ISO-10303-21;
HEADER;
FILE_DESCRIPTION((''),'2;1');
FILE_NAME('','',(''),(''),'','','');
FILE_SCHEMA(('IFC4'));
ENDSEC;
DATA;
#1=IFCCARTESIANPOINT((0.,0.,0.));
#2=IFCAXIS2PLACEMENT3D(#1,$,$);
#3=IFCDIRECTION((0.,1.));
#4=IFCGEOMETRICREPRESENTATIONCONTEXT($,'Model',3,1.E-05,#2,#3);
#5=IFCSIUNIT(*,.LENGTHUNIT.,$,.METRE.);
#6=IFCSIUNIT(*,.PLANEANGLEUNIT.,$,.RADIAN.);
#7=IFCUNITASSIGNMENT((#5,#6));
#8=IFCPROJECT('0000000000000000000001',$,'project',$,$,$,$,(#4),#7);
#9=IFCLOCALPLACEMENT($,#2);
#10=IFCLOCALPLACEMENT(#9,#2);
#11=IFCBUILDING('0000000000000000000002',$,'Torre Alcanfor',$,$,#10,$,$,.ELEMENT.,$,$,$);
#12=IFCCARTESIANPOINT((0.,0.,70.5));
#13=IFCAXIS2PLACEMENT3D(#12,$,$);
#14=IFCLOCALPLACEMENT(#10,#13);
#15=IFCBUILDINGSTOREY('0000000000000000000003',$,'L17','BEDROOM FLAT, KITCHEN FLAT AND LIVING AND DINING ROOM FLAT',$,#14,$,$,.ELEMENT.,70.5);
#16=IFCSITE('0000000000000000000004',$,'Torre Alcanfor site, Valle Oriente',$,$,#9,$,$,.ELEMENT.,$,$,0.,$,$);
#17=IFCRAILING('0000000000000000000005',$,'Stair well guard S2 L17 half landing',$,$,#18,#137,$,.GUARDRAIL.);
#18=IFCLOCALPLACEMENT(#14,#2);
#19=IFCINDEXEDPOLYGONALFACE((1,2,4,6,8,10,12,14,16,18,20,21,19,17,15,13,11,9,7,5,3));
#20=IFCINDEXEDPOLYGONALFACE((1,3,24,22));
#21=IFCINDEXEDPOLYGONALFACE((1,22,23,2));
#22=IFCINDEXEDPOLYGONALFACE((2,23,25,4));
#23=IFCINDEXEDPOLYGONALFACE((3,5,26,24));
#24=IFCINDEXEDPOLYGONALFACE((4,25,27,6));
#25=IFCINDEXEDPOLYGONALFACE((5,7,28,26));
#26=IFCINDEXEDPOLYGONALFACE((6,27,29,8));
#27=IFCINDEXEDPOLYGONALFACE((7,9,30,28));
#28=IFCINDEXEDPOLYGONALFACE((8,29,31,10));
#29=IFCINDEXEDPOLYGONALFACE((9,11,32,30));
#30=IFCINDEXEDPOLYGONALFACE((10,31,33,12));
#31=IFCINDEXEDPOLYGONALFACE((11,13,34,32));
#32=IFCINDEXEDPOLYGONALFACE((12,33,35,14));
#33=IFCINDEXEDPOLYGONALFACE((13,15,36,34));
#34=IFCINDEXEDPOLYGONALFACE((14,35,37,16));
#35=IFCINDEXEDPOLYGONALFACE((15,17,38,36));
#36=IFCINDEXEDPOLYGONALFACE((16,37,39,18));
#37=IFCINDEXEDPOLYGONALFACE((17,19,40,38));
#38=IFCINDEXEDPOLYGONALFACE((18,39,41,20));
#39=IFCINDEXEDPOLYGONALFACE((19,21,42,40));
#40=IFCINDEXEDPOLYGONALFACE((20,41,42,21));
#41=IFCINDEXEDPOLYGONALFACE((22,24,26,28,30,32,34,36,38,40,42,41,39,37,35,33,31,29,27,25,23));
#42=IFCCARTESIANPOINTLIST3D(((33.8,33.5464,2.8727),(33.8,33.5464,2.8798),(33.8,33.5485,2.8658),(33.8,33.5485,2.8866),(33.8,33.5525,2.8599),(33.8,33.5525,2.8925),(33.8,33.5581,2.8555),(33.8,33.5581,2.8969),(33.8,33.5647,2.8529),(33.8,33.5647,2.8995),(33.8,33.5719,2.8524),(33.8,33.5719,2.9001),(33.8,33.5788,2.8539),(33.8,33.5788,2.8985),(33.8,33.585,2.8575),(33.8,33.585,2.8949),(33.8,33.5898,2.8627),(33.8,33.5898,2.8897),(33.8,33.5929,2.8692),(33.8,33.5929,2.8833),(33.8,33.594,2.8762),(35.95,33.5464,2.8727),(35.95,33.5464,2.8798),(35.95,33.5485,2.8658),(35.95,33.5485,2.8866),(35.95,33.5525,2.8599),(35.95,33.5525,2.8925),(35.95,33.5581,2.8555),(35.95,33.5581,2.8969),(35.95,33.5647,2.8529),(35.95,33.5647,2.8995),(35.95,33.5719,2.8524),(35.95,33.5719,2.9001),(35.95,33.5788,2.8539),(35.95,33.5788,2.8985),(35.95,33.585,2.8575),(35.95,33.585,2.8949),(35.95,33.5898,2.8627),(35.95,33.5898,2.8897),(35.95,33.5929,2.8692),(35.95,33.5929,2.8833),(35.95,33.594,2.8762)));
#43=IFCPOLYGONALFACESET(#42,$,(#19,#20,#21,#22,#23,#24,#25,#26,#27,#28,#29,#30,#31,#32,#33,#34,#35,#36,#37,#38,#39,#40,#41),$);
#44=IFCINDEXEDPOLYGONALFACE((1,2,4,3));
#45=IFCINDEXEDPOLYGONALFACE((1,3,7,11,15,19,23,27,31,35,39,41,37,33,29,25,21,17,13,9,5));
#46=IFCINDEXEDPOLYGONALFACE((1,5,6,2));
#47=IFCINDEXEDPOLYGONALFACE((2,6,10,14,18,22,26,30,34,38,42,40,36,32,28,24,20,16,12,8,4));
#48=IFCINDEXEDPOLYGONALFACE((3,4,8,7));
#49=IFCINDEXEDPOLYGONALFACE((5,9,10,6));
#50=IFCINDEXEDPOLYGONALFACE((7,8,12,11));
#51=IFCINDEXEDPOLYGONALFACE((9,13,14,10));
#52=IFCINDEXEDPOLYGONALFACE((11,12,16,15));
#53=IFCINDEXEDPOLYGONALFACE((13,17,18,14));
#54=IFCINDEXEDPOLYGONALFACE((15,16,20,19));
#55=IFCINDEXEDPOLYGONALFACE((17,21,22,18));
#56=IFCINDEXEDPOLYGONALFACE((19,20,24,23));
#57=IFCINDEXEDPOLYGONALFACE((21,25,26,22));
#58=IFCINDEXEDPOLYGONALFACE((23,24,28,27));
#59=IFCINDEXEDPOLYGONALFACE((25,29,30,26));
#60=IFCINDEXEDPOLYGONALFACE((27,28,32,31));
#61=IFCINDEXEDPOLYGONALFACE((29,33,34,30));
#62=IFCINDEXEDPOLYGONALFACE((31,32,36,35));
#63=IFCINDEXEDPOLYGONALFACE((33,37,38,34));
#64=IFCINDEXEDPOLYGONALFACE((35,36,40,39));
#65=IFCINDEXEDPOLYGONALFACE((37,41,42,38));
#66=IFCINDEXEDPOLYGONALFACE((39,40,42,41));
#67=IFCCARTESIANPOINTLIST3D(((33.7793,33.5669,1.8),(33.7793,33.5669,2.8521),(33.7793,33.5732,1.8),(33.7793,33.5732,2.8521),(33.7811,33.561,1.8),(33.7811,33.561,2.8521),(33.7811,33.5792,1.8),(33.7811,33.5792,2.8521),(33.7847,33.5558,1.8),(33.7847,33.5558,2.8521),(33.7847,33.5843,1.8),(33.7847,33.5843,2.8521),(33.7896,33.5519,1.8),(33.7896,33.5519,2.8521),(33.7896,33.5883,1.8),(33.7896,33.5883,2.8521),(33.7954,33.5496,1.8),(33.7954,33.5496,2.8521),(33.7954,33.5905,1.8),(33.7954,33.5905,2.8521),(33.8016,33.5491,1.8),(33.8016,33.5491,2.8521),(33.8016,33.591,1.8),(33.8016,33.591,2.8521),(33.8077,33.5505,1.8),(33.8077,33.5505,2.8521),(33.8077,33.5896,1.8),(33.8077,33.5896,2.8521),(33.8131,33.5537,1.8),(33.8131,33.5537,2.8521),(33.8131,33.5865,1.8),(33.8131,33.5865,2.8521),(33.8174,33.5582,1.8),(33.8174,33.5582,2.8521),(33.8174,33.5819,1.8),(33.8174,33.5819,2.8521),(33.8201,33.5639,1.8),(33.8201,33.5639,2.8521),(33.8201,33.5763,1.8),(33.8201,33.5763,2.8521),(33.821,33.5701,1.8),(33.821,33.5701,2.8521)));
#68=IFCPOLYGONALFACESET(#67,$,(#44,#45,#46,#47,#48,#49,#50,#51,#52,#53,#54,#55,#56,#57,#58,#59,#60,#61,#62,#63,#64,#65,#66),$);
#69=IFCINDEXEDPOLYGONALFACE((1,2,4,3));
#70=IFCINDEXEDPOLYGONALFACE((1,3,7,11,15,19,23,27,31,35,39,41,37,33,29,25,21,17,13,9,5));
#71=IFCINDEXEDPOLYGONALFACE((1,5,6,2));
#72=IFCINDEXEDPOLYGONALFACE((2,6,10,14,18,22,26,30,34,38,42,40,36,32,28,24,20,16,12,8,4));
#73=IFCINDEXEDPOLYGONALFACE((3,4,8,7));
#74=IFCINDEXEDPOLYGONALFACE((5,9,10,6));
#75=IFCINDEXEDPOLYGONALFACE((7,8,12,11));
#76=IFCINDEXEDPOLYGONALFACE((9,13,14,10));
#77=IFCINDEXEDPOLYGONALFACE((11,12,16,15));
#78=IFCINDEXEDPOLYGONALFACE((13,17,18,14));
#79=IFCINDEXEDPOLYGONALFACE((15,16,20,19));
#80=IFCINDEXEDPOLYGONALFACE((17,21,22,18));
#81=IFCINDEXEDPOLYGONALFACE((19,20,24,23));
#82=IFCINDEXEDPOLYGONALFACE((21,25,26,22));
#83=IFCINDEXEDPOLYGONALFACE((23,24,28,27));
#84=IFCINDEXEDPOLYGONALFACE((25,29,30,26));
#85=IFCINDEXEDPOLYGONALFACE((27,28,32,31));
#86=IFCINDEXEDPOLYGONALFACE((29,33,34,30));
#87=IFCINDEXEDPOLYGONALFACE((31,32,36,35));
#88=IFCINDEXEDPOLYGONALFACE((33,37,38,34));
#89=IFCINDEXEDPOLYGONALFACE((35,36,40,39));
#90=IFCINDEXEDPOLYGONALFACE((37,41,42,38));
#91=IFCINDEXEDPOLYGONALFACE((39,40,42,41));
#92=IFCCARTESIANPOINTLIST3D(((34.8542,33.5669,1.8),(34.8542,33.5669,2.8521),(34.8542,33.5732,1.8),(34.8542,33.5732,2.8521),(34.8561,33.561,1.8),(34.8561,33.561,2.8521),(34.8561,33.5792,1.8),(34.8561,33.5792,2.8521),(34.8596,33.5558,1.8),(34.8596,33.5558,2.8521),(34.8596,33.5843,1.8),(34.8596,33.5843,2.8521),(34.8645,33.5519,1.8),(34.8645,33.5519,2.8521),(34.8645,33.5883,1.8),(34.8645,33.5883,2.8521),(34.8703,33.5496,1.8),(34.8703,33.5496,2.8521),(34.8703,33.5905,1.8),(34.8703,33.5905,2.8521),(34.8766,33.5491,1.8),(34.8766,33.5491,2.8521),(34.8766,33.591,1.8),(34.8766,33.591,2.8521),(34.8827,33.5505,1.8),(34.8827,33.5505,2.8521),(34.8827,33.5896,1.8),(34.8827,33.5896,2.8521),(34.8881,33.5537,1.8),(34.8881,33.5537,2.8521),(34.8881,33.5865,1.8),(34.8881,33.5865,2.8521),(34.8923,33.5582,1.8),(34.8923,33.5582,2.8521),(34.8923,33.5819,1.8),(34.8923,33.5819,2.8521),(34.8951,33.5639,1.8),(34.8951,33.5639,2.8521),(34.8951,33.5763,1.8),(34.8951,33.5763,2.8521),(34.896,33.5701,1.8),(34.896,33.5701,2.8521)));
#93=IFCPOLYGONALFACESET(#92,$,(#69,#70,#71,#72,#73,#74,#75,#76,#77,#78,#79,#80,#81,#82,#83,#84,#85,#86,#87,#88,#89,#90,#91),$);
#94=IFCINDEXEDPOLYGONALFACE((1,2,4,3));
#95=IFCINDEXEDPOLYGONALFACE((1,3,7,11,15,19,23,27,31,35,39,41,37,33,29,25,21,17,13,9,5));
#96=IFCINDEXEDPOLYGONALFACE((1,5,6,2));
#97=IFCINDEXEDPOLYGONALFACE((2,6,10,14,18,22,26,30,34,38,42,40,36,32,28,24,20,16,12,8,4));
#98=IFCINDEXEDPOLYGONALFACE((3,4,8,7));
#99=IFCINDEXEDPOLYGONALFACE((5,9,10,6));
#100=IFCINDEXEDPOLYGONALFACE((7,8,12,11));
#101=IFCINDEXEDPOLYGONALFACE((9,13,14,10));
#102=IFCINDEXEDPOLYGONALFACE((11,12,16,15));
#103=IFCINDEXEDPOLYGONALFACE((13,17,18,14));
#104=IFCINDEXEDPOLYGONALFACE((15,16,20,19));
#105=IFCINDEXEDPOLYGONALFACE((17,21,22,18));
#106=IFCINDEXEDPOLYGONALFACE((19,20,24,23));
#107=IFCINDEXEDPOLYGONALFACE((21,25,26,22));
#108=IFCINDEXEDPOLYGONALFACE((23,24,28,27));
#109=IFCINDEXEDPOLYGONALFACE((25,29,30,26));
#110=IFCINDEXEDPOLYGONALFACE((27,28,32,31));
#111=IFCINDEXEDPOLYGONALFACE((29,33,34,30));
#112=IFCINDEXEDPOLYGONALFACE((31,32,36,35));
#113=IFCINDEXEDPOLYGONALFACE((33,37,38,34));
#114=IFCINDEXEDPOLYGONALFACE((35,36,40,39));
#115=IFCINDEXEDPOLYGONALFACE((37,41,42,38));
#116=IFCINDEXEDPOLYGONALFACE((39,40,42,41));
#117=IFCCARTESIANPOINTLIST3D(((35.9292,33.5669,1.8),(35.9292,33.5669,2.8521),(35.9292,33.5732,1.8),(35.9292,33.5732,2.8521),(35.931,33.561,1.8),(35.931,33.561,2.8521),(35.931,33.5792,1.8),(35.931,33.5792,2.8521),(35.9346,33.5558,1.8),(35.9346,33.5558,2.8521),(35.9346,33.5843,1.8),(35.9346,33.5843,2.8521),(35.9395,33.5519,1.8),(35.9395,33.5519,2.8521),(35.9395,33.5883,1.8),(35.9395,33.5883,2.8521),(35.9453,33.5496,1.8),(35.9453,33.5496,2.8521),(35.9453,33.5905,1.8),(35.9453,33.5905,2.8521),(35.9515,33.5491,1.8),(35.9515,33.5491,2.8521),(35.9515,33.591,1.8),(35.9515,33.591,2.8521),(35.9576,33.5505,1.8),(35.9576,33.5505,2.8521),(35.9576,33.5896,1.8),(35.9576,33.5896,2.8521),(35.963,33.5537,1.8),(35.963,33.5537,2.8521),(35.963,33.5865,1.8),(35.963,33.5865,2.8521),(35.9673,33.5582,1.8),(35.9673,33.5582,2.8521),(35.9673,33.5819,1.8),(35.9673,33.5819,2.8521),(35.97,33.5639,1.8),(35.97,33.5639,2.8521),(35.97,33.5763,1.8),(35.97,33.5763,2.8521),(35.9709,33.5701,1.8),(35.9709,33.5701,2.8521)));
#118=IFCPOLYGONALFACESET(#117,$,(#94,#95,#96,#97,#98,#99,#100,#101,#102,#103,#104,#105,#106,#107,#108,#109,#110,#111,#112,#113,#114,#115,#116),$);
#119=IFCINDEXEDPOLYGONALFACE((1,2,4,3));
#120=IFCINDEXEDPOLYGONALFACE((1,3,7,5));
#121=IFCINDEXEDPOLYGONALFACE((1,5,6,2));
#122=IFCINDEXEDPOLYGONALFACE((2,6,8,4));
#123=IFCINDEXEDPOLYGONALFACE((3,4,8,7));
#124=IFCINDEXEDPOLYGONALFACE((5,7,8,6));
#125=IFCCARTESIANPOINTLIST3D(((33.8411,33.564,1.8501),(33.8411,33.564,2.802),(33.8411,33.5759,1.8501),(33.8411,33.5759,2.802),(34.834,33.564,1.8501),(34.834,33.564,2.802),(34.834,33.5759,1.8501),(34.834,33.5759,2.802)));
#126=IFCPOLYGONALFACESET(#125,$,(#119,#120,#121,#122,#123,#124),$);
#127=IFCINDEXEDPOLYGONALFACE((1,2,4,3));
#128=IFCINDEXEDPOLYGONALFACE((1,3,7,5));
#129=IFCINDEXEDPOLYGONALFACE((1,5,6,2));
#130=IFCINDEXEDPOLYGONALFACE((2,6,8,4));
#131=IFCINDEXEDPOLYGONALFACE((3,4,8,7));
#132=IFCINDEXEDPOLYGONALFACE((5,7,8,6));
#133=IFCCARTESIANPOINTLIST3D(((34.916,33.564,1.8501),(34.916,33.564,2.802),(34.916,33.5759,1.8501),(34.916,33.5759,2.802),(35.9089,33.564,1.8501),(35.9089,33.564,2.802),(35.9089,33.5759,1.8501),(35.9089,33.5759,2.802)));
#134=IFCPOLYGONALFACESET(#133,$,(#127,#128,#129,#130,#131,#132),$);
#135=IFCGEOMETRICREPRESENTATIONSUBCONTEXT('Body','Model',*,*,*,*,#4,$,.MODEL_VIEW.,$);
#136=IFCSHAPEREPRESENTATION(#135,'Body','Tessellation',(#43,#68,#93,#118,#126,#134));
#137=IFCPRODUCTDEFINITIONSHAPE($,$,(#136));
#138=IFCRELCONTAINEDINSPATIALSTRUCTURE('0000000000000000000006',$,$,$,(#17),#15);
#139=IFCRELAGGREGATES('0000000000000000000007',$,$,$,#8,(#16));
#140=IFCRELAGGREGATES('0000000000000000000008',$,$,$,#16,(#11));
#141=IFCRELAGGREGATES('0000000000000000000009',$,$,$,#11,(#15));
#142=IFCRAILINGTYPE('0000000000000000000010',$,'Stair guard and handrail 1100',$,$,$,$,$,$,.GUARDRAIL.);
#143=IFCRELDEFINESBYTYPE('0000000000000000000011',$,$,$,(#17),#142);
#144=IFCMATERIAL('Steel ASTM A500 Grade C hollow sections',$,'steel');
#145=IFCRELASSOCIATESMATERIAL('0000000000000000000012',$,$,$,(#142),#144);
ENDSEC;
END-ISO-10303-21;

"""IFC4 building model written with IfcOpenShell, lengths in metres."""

from ifc_helpers import new_model, si_unit, direction, frame, origin, origin_2d, place, context, subcontext, project, spatial, polyline, circle, outline, extrude, material, type_object, element, save


model = new_model("IFC4")

# Units and contexts
model_context = context("Model", 3, precision=1e-05, world=origin(), true_north=direction((0.0, 1.0)))
body_context = subcontext(model_context, "Body", "Model", "MODEL_VIEW")
ifc_project = project(units=[si_unit("LENGTHUNIT", "METRE"), si_unit("PLANEANGLEUNIT", "RADIAN")], contexts=[model_context])

# Site, building, storey
site_placement = place(None, origin())
site = spatial("IfcSite", under=ifc_project, at=site_placement, Name="Torre Alcanfor site, Valle Oriente", CompositionType="ELEMENT", RefElevation=0.0)
building_placement = place(site_placement, origin())
building = spatial("IfcBuilding", under=site, at=building_placement, Name="Torre Alcanfor", CompositionType="ELEMENT")
storey_placement = place(building_placement, frame((0.0, 0.0, 70.5)))
storey = spatial("IfcBuildingStorey", under=building, at=storey_placement, Name="L17", Description="BEDROOM FLAT, KITCHEN FLAT AND LIVING AND DINING ROOM FLAT", CompositionType="ELEMENT", Elevation=70.5)

# Railing
ifc_material_1 = material(Name="Steel ASTM A500 Grade C hollow sections", Category="steel")
railing_type_1 = type_object("IfcRailingType", Name="Stair guard and handrail 1100", PredefinedType="GUARDRAIL", material=ifc_material_1)
for number, where, name in (
    (1, (33.8, 33.5701, 1.8), "Stair well guard S2 L17 half landing"),
):
    element("IfcRailing", number, at=place(storey_placement, frame(where)), inside=storey, type_object=railing_type_1, Name=name, PredefinedType="GUARDRAIL", context=body_context, shape_type="SweptSolid", body=[
        extrude(circle(Radius=0.0239, at=origin_2d()), frame((0.0, 0.0, 1.0762), z_axis=(1.0, 0.0, 0.0), x_axis=(0.0, 1.0, 0.0)), (0.0, 0.0, 1.0), 2.1499),
        extrude(circle(Radius=0.021, at=origin_2d()), origin(), (0.0, 0.0, 1.0), 1.052),
        extrude(circle(Radius=0.021, at=origin_2d()), frame((1.075, 0.0, 0.0)), (0.0, 0.0, 1.0), 1.052),
        extrude(circle(Radius=0.021, at=origin_2d()), frame((2.1499, 0.0, 0.0)), (0.0, 0.0, 1.0), 1.052),
        extrude(outline(polyline([(0.041, 0.05), (1.0339, 0.05), (1.0339, 1.002), (0.041, 1.002), (0.041, 0.05)])), frame((0.0, 0.0059, 0.0), z_axis=(0.0, -1.0, 0.0), x_axis=(1.0, 0.0, 0.0)), (0.0, 0.0, 1.0), 0.012),
        extrude(outline(polyline([(1.116, 0.05), (2.1089, 0.05), (2.1089, 1.002), (1.116, 1.002), (1.116, 0.05)])), frame((0.0, 0.0059, 0.0), z_axis=(0.0, -1.0, 0.0), x_axis=(1.0, 0.0, 0.0)), (0.0, 0.0, 1.0), 0.012),
    ])

save(model, "model.ifc")
